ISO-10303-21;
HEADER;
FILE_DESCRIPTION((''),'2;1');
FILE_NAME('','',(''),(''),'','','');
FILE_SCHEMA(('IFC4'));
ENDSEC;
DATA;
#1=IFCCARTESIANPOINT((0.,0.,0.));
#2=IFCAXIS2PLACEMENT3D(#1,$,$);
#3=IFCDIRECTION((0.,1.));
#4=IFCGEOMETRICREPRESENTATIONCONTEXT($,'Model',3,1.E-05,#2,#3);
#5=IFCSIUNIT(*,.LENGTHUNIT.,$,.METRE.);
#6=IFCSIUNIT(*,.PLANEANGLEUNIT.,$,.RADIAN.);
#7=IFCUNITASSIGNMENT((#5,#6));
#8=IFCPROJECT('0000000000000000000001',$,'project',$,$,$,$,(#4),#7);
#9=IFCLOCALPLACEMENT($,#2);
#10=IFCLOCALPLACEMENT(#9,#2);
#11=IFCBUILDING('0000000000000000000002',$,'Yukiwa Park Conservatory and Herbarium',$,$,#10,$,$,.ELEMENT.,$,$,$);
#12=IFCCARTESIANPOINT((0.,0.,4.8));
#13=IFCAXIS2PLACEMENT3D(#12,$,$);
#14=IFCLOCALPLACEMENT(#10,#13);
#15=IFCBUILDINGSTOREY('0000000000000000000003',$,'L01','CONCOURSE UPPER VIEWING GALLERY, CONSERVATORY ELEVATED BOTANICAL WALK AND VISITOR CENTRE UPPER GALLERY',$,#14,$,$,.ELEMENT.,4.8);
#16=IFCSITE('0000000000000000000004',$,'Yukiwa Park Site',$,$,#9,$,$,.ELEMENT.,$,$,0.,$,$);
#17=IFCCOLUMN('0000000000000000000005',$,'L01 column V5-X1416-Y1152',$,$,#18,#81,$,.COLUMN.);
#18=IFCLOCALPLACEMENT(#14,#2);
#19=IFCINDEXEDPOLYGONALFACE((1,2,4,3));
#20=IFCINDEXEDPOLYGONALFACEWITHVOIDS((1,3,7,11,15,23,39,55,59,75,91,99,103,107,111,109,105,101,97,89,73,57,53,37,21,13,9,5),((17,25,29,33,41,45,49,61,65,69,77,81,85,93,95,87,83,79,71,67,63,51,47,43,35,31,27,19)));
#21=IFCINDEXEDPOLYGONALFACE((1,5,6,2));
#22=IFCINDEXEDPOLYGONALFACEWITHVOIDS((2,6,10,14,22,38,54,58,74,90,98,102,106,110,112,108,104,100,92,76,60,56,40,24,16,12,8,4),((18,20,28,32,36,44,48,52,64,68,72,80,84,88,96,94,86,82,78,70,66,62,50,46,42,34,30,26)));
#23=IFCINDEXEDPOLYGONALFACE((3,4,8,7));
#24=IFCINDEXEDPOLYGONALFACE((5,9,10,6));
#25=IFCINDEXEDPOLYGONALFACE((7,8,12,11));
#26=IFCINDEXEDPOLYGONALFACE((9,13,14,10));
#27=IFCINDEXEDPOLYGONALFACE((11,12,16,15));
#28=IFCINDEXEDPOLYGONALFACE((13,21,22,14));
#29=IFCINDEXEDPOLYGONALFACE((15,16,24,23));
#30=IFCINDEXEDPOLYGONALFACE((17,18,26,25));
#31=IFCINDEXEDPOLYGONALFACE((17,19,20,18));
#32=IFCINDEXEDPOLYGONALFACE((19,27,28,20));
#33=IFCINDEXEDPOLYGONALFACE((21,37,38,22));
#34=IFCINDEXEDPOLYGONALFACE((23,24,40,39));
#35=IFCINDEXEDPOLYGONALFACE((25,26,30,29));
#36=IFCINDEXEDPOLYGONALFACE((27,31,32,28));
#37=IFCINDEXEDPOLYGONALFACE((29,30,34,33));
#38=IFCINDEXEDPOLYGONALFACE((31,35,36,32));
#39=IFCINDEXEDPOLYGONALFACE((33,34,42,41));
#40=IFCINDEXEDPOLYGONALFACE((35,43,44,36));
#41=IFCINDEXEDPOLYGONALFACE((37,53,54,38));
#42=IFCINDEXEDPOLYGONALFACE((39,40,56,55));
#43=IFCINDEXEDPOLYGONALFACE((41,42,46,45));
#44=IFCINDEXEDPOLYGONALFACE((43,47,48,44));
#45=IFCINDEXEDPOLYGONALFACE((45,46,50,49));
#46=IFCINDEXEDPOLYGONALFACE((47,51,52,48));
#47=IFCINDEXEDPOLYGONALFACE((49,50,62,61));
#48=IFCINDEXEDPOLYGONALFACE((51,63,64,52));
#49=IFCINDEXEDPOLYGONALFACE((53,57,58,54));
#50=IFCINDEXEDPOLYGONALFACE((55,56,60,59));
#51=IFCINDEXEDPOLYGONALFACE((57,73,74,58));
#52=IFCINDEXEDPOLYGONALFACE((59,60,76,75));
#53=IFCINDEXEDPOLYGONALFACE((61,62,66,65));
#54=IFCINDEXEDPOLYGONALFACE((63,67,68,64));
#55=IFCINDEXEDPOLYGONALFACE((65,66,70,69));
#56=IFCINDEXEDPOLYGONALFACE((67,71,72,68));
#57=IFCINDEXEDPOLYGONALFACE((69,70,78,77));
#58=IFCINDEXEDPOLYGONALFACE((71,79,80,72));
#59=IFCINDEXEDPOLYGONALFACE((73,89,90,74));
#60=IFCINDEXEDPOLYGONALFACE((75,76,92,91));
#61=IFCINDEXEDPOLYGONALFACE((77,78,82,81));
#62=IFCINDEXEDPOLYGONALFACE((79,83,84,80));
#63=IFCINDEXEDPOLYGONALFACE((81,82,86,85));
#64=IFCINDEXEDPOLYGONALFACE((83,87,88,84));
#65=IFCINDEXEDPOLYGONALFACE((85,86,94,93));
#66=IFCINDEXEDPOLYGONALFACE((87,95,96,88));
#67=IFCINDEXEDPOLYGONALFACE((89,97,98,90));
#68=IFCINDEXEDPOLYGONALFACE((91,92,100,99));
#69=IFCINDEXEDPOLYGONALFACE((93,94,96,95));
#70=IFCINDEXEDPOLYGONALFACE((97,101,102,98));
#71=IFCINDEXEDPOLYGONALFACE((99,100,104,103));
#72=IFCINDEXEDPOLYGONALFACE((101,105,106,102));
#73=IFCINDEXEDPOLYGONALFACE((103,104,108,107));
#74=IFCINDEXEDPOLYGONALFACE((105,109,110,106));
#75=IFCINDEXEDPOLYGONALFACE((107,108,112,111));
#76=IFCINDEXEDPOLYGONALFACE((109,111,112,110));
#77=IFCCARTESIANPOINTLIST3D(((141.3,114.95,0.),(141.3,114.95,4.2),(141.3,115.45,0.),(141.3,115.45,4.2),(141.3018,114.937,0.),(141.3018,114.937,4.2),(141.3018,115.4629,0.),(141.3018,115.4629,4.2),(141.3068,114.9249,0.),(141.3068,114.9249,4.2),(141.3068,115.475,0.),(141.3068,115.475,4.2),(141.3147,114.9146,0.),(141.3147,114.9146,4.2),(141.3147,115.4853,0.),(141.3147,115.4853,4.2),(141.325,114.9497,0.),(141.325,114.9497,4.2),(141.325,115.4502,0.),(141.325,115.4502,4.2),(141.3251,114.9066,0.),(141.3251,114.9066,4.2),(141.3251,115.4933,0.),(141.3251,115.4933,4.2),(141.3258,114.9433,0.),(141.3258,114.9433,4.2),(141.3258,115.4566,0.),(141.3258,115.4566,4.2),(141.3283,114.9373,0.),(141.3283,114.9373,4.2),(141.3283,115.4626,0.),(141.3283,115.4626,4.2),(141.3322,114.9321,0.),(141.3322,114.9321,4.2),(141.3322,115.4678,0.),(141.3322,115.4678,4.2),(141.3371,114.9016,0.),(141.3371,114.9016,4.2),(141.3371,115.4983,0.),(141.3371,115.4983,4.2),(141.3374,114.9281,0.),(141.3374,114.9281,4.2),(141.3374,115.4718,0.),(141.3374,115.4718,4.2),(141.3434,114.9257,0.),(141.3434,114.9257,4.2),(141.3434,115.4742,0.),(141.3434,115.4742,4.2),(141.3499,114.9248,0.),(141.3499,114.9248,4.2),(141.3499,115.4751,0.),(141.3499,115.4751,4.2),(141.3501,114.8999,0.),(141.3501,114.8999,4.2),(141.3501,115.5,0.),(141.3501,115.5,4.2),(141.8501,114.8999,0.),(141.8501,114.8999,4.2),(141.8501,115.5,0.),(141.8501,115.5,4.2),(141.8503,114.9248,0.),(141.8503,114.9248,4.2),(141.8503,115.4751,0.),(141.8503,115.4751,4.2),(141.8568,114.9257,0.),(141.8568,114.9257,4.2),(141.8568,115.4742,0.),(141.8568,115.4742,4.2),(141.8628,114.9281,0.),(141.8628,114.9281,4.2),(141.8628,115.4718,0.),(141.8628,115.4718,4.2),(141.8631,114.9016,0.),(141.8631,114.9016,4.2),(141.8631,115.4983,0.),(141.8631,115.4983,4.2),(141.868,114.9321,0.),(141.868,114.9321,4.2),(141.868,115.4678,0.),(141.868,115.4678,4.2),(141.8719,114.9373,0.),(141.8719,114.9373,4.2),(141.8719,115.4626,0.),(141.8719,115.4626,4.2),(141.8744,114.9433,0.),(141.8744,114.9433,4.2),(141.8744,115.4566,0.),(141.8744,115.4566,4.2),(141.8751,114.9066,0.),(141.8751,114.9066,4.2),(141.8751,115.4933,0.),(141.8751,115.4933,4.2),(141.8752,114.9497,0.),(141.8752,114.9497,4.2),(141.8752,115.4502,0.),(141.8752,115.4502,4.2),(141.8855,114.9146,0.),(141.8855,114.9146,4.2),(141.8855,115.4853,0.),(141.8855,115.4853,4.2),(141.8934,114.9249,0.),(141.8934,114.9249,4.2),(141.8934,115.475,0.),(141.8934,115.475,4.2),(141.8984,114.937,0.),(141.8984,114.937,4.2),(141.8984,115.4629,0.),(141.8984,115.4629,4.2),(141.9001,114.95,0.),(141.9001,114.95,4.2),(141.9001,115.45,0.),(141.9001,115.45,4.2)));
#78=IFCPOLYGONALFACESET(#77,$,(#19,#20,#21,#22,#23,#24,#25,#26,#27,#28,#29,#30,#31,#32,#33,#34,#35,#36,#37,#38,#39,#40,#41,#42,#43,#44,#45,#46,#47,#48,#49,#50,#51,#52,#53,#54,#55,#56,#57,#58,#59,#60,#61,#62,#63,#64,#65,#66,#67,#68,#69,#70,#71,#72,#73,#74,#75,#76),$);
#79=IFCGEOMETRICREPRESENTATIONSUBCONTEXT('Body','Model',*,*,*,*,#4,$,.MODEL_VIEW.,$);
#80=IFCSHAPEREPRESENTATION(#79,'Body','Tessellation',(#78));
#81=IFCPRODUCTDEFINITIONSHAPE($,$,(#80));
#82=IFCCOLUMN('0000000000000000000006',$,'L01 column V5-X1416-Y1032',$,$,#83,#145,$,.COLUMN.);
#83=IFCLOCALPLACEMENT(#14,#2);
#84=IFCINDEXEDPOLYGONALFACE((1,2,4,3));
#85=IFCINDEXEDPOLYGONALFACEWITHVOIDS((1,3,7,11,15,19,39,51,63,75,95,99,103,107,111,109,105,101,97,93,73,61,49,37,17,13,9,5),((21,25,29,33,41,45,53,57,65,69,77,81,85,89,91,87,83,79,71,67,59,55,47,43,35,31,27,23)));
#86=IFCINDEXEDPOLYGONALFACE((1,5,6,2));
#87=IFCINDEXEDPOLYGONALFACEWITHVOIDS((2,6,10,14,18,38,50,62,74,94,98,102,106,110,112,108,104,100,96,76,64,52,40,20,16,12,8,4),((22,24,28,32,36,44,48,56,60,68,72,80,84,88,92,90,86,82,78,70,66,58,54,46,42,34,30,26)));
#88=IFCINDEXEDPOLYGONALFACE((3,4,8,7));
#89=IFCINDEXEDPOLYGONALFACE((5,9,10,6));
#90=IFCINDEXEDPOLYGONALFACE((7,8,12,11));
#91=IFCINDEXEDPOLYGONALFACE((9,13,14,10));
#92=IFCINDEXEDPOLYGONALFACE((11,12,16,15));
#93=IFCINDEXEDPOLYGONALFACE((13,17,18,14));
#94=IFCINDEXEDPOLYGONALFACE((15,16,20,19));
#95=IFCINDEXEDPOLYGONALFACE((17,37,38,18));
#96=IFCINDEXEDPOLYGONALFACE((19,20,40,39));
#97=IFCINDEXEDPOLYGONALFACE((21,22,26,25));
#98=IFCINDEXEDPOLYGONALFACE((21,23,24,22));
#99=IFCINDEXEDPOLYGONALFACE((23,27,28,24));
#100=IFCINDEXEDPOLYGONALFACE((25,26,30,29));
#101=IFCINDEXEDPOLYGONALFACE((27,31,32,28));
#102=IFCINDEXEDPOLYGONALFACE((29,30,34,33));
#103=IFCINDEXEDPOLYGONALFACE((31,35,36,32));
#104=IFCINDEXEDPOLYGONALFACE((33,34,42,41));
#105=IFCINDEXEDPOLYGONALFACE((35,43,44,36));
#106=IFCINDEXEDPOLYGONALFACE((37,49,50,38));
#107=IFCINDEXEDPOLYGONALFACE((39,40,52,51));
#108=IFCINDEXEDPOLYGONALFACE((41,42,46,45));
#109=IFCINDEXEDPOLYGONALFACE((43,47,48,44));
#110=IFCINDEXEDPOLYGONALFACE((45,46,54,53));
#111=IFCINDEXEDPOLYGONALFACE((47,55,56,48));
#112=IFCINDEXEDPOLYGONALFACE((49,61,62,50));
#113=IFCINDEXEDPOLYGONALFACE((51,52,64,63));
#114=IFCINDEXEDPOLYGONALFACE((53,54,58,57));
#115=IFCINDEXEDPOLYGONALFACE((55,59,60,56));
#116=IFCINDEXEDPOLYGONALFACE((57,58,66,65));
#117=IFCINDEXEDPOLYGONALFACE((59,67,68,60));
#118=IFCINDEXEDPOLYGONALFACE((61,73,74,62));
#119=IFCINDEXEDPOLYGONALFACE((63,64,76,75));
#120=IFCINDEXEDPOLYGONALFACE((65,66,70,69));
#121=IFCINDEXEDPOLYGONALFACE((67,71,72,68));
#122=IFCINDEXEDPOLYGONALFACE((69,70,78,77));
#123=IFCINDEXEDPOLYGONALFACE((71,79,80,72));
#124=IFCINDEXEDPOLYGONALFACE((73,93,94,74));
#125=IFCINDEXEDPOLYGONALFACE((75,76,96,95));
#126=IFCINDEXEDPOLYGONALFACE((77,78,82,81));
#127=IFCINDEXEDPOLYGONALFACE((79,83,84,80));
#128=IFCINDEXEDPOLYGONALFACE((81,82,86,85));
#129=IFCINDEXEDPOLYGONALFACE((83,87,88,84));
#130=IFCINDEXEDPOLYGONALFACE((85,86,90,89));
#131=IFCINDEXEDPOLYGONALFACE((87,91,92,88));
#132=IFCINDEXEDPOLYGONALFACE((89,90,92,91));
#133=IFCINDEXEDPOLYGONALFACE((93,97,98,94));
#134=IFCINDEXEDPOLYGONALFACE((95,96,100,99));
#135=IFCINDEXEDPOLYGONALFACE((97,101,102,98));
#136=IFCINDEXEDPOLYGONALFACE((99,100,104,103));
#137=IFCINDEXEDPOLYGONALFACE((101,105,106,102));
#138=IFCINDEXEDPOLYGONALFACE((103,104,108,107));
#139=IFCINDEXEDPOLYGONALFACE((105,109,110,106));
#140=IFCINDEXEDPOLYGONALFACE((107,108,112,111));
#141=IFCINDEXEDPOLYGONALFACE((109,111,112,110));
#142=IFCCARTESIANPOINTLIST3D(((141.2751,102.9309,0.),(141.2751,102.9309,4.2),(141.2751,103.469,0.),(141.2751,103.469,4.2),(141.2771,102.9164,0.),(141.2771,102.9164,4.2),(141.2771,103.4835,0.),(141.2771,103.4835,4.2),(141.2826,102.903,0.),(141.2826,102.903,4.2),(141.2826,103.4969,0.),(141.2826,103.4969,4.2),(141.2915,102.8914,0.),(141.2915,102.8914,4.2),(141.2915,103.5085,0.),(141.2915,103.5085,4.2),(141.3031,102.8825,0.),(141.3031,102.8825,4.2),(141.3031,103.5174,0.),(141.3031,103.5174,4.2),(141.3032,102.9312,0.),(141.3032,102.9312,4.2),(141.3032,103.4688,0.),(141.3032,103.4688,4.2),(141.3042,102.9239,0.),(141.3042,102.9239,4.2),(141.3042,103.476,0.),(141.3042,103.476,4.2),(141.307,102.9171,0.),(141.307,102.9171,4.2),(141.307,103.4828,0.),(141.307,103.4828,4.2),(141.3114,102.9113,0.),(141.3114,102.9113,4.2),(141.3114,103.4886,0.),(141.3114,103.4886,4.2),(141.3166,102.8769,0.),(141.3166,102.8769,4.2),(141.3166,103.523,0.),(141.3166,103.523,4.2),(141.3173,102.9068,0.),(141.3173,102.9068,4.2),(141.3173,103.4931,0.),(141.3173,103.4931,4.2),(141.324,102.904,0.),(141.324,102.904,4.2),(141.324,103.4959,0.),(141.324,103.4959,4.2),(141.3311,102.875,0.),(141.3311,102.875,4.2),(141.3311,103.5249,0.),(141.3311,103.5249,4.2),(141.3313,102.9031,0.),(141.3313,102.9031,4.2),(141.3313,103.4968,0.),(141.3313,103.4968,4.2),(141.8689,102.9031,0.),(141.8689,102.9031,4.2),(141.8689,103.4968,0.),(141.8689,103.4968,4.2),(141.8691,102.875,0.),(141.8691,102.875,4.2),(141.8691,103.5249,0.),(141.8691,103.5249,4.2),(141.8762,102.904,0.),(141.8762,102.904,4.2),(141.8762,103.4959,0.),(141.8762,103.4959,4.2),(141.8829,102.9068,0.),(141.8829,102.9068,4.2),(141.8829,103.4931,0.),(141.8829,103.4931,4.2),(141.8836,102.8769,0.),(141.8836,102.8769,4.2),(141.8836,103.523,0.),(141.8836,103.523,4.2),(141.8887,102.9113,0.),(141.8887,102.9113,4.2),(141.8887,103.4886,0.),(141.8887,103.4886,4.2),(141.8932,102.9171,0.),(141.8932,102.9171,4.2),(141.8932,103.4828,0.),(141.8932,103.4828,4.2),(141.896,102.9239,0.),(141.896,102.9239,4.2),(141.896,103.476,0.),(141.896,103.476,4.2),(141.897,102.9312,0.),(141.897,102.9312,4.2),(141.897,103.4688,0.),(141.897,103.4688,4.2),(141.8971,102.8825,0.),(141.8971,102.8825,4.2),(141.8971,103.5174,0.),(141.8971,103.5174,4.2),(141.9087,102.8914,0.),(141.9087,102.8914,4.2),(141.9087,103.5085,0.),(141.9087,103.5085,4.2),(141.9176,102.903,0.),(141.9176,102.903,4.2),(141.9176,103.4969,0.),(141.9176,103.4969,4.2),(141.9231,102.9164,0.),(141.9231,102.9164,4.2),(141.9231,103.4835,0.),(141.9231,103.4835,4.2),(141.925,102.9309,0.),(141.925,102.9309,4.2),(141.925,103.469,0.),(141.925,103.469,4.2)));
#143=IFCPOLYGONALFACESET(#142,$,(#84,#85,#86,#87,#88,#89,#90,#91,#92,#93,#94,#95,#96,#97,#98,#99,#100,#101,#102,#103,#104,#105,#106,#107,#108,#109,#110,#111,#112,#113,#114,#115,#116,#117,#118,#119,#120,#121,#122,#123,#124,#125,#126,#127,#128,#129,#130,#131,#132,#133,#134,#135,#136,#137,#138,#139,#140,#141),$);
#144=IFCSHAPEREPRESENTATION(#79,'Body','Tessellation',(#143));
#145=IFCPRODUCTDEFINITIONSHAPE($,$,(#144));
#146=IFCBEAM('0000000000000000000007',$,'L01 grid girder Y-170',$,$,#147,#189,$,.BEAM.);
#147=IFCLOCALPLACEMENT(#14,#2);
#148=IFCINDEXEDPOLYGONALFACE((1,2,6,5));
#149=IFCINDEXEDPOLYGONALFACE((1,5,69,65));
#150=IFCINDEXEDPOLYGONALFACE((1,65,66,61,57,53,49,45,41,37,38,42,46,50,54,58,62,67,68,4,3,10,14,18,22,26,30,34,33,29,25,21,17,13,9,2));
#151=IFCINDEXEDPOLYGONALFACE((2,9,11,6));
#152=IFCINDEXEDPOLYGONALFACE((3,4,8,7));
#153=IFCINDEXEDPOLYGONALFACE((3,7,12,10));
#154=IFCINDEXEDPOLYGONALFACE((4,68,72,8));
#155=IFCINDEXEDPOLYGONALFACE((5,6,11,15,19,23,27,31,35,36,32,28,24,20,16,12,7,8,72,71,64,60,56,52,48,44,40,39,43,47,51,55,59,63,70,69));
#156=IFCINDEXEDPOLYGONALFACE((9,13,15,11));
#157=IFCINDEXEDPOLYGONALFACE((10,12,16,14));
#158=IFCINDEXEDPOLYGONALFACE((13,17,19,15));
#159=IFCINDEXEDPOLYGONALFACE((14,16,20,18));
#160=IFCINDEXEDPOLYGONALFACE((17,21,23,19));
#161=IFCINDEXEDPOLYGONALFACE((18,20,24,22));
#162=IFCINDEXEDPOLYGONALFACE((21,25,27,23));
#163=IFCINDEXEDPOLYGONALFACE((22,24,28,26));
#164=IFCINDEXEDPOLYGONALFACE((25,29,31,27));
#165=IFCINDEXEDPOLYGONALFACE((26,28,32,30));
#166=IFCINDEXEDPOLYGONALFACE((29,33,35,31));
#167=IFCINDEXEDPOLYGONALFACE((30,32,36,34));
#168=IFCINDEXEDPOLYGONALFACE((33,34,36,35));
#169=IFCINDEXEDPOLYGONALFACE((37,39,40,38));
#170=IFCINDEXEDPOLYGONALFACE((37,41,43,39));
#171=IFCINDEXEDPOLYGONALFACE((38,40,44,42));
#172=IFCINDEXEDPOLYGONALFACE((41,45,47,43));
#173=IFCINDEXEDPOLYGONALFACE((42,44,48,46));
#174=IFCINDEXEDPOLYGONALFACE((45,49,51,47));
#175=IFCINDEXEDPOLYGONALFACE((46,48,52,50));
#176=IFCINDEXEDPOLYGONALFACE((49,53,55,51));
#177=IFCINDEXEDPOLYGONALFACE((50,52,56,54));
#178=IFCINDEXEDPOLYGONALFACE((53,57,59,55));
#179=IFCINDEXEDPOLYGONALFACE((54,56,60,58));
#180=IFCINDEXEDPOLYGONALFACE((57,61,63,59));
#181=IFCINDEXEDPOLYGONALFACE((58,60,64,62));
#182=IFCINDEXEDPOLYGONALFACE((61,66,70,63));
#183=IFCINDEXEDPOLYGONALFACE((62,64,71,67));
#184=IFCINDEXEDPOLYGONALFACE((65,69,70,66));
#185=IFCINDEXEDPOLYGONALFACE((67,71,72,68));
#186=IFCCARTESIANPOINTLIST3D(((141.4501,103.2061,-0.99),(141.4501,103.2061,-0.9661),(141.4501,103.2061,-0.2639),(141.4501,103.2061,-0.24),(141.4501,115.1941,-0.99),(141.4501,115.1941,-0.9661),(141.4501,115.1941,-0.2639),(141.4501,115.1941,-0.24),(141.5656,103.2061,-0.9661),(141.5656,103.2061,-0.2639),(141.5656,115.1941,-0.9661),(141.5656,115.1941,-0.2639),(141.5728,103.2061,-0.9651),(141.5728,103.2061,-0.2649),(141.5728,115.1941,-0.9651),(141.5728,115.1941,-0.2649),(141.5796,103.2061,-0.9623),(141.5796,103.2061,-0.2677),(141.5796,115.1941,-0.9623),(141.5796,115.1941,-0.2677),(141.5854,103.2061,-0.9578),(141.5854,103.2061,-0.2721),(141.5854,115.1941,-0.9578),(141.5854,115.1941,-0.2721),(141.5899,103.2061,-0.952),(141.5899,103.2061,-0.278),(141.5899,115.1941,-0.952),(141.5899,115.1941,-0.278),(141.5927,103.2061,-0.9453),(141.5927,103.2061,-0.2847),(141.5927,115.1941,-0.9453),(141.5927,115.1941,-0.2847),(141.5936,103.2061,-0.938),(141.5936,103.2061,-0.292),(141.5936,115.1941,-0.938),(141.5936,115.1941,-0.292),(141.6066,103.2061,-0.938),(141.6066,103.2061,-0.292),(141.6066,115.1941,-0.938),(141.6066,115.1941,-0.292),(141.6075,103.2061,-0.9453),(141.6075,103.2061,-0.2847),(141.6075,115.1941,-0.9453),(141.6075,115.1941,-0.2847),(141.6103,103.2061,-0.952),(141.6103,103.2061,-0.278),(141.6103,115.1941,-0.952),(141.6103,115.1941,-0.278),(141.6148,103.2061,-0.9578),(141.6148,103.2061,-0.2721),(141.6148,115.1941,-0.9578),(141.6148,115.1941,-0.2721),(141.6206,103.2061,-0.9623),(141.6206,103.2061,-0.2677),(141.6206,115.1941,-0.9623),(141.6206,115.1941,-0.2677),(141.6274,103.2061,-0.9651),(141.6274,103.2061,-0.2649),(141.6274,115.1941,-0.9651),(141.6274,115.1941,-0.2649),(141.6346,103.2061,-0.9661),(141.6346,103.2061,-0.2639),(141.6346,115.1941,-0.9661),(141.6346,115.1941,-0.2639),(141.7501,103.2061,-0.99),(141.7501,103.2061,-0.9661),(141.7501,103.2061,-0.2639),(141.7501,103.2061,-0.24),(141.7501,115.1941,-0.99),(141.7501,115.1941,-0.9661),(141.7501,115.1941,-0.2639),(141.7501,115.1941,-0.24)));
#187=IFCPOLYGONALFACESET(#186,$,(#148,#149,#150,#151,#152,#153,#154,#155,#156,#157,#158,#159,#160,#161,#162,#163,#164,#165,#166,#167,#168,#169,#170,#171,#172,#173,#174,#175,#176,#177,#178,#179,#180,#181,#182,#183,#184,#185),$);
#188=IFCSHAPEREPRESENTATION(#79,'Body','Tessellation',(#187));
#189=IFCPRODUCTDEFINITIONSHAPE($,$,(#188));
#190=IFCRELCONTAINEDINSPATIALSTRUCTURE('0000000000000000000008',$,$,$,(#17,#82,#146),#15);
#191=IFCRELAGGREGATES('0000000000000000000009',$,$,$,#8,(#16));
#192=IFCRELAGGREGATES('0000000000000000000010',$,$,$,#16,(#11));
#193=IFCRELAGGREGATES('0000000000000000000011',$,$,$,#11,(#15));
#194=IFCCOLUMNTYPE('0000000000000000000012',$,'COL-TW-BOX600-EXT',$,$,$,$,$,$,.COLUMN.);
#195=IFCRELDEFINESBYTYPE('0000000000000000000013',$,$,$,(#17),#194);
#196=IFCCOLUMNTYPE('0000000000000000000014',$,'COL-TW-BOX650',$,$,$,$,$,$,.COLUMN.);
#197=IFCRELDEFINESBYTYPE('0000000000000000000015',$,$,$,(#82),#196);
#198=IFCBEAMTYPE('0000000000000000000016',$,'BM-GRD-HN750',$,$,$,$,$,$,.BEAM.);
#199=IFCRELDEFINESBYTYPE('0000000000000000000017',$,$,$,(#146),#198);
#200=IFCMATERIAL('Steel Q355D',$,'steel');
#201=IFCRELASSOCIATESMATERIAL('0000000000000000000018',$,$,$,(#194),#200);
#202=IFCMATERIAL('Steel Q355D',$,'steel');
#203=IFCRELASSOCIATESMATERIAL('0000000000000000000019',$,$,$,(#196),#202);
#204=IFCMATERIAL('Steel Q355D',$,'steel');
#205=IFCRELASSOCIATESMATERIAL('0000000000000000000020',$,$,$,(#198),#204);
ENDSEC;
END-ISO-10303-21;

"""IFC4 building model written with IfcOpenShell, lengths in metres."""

from ifc_helpers import new_model, si_unit, direction, frame, origin, origin_2d, place, context, subcontext, project, spatial, hollow_rectangle, i_section, extrude, material, material_profile, profile_set, type_object, element, save


model = new_model("IFC4")

# Units and contexts
model_context = context("Model", 3, precision=1e-05, world=origin(), true_north=direction((0.0, 1.0)))
body_context = subcontext(model_context, "Body", "Model", "MODEL_VIEW")
ifc_project = project(units=[si_unit("LENGTHUNIT", "METRE"), si_unit("PLANEANGLEUNIT", "RADIAN")], contexts=[model_context])

# Site, building, storey
site_placement = place(None, origin())
site = spatial("IfcSite", under=ifc_project, at=site_placement, Name="Yukiwa Park Site", CompositionType="ELEMENT", RefElevation=0.0)
building_placement = place(site_placement, origin())
building = spatial("IfcBuilding", under=site, at=building_placement, Name="Yukiwa Park Conservatory and Herbarium", CompositionType="ELEMENT")
storey_placement = place(building_placement, frame((0.0, 0.0, 4.8)))
storey = spatial("IfcBuildingStorey", under=building, at=storey_placement, Name="L01", Description="CONCOURSE UPPER VIEWING GALLERY, CONSERVATORY ELEVATED BOTANICAL WALK AND VISITOR CENTRE UPPER GALLERY", CompositionType="ELEMENT", Elevation=4.8)

# Columns
ifc_material_1 = material(Name="Steel Q355D", Category="steel")
ifc_material_profile_1 = material_profile(ifc_material_1, hollow_rectangle(XDim=0.6001, YDim=0.6001, WallThickness=0.0249, InnerFilletRadius=0.0249, OuterFilletRadius=0.05, at=origin_2d()), Name="BOX 600x600x25")
ifc_profile_set_1 = profile_set([ifc_material_profile_1], Name="Steel Q355D")
column_type_1 = type_object("IfcColumnType", Name="COL-TW-BOX600-EXT", PredefinedType="COLUMN", material=ifc_profile_set_1)
column_1_placement = place(storey_placement, frame((141.6001, 115.2, 0.0), z_axis=(0.0, 0.0, 1.0), x_axis=(1.0, 0.0, 0.0)))
element("IfcColumn", 1, at=column_1_placement, inside=storey, type_object=column_type_1, Name="L01 column V5-X1416-Y1152", PredefinedType="COLUMN", context=body_context, shape_type="SweptSolid", body=[
    extrude(hollow_rectangle(XDim=0.6001, YDim=0.6001, WallThickness=0.0249, InnerFilletRadius=0.0249, OuterFilletRadius=0.05, at=origin_2d()), origin(), (0.0, 0.0, 1.0), 4.2),
])
ifc_material_2 = material(Name="Steel Q355D", Category="steel")
ifc_material_profile_2 = material_profile(ifc_material_2, hollow_rectangle(XDim=0.6499, YDim=0.6499, WallThickness=0.0281, InnerFilletRadius=0.0281, OuterFilletRadius=0.0559, at=origin_2d()), Name="BOX 650x650x28")
ifc_profile_set_2 = profile_set([ifc_material_profile_2], Name="Steel Q355D")
column_type_2 = type_object("IfcColumnType", Name="COL-TW-BOX650", PredefinedType="COLUMN", material=ifc_profile_set_2)
column_2_placement = place(storey_placement, frame((141.6001, 103.2, 0.0), z_axis=(0.0, 0.0, 1.0), x_axis=(1.0, 0.0, 0.0)))
element("IfcColumn", 2, at=column_2_placement, inside=storey, type_object=column_type_2, Name="L01 column V5-X1416-Y1032", PredefinedType="COLUMN", context=body_context, shape_type="SweptSolid", body=[
    extrude(hollow_rectangle(XDim=0.6499, YDim=0.6499, WallThickness=0.0281, InnerFilletRadius=0.0281, OuterFilletRadius=0.0559, at=origin_2d()), origin(), (0.0, 0.0, 1.0), 4.2),
])

# Beam
ifc_material_3 = material(Name="Steel Q355D", Category="steel")
ifc_material_profile_3 = material_profile(ifc_material_3, i_section(OverallWidth=0.3, OverallDepth=0.75, WebThickness=0.0129, FlangeThickness=0.0239, FilletRadius=0.0281, at=origin_2d()), Name="HN 750x300x13x24")
ifc_profile_set_3 = profile_set([ifc_material_profile_3], Name="Steel Q355D")
beam_type_1 = type_object("IfcBeamType", Name="BM-GRD-HN750", PredefinedType="BEAM", material=ifc_profile_set_3)
beam_placement = place(storey_placement, frame((141.6001, 103.2061, -0.615), z_axis=(0.0, 1.0, 0.0), x_axis=(-1.0, 0.0, 0.0)))
element("IfcBeam", 3, at=beam_placement, inside=storey, type_object=beam_type_1, Name="L01 grid girder Y-170", PredefinedType="BEAM", context=body_context, shape_type="SweptSolid", body=[
    extrude(i_section(OverallWidth=0.3, OverallDepth=0.75, WebThickness=0.0129, FlangeThickness=0.0239, FilletRadius=0.0281, at=origin_2d()), origin(), (0.0, 0.0, 1.0), 11.988),
])

save(model, "model.ifc")
